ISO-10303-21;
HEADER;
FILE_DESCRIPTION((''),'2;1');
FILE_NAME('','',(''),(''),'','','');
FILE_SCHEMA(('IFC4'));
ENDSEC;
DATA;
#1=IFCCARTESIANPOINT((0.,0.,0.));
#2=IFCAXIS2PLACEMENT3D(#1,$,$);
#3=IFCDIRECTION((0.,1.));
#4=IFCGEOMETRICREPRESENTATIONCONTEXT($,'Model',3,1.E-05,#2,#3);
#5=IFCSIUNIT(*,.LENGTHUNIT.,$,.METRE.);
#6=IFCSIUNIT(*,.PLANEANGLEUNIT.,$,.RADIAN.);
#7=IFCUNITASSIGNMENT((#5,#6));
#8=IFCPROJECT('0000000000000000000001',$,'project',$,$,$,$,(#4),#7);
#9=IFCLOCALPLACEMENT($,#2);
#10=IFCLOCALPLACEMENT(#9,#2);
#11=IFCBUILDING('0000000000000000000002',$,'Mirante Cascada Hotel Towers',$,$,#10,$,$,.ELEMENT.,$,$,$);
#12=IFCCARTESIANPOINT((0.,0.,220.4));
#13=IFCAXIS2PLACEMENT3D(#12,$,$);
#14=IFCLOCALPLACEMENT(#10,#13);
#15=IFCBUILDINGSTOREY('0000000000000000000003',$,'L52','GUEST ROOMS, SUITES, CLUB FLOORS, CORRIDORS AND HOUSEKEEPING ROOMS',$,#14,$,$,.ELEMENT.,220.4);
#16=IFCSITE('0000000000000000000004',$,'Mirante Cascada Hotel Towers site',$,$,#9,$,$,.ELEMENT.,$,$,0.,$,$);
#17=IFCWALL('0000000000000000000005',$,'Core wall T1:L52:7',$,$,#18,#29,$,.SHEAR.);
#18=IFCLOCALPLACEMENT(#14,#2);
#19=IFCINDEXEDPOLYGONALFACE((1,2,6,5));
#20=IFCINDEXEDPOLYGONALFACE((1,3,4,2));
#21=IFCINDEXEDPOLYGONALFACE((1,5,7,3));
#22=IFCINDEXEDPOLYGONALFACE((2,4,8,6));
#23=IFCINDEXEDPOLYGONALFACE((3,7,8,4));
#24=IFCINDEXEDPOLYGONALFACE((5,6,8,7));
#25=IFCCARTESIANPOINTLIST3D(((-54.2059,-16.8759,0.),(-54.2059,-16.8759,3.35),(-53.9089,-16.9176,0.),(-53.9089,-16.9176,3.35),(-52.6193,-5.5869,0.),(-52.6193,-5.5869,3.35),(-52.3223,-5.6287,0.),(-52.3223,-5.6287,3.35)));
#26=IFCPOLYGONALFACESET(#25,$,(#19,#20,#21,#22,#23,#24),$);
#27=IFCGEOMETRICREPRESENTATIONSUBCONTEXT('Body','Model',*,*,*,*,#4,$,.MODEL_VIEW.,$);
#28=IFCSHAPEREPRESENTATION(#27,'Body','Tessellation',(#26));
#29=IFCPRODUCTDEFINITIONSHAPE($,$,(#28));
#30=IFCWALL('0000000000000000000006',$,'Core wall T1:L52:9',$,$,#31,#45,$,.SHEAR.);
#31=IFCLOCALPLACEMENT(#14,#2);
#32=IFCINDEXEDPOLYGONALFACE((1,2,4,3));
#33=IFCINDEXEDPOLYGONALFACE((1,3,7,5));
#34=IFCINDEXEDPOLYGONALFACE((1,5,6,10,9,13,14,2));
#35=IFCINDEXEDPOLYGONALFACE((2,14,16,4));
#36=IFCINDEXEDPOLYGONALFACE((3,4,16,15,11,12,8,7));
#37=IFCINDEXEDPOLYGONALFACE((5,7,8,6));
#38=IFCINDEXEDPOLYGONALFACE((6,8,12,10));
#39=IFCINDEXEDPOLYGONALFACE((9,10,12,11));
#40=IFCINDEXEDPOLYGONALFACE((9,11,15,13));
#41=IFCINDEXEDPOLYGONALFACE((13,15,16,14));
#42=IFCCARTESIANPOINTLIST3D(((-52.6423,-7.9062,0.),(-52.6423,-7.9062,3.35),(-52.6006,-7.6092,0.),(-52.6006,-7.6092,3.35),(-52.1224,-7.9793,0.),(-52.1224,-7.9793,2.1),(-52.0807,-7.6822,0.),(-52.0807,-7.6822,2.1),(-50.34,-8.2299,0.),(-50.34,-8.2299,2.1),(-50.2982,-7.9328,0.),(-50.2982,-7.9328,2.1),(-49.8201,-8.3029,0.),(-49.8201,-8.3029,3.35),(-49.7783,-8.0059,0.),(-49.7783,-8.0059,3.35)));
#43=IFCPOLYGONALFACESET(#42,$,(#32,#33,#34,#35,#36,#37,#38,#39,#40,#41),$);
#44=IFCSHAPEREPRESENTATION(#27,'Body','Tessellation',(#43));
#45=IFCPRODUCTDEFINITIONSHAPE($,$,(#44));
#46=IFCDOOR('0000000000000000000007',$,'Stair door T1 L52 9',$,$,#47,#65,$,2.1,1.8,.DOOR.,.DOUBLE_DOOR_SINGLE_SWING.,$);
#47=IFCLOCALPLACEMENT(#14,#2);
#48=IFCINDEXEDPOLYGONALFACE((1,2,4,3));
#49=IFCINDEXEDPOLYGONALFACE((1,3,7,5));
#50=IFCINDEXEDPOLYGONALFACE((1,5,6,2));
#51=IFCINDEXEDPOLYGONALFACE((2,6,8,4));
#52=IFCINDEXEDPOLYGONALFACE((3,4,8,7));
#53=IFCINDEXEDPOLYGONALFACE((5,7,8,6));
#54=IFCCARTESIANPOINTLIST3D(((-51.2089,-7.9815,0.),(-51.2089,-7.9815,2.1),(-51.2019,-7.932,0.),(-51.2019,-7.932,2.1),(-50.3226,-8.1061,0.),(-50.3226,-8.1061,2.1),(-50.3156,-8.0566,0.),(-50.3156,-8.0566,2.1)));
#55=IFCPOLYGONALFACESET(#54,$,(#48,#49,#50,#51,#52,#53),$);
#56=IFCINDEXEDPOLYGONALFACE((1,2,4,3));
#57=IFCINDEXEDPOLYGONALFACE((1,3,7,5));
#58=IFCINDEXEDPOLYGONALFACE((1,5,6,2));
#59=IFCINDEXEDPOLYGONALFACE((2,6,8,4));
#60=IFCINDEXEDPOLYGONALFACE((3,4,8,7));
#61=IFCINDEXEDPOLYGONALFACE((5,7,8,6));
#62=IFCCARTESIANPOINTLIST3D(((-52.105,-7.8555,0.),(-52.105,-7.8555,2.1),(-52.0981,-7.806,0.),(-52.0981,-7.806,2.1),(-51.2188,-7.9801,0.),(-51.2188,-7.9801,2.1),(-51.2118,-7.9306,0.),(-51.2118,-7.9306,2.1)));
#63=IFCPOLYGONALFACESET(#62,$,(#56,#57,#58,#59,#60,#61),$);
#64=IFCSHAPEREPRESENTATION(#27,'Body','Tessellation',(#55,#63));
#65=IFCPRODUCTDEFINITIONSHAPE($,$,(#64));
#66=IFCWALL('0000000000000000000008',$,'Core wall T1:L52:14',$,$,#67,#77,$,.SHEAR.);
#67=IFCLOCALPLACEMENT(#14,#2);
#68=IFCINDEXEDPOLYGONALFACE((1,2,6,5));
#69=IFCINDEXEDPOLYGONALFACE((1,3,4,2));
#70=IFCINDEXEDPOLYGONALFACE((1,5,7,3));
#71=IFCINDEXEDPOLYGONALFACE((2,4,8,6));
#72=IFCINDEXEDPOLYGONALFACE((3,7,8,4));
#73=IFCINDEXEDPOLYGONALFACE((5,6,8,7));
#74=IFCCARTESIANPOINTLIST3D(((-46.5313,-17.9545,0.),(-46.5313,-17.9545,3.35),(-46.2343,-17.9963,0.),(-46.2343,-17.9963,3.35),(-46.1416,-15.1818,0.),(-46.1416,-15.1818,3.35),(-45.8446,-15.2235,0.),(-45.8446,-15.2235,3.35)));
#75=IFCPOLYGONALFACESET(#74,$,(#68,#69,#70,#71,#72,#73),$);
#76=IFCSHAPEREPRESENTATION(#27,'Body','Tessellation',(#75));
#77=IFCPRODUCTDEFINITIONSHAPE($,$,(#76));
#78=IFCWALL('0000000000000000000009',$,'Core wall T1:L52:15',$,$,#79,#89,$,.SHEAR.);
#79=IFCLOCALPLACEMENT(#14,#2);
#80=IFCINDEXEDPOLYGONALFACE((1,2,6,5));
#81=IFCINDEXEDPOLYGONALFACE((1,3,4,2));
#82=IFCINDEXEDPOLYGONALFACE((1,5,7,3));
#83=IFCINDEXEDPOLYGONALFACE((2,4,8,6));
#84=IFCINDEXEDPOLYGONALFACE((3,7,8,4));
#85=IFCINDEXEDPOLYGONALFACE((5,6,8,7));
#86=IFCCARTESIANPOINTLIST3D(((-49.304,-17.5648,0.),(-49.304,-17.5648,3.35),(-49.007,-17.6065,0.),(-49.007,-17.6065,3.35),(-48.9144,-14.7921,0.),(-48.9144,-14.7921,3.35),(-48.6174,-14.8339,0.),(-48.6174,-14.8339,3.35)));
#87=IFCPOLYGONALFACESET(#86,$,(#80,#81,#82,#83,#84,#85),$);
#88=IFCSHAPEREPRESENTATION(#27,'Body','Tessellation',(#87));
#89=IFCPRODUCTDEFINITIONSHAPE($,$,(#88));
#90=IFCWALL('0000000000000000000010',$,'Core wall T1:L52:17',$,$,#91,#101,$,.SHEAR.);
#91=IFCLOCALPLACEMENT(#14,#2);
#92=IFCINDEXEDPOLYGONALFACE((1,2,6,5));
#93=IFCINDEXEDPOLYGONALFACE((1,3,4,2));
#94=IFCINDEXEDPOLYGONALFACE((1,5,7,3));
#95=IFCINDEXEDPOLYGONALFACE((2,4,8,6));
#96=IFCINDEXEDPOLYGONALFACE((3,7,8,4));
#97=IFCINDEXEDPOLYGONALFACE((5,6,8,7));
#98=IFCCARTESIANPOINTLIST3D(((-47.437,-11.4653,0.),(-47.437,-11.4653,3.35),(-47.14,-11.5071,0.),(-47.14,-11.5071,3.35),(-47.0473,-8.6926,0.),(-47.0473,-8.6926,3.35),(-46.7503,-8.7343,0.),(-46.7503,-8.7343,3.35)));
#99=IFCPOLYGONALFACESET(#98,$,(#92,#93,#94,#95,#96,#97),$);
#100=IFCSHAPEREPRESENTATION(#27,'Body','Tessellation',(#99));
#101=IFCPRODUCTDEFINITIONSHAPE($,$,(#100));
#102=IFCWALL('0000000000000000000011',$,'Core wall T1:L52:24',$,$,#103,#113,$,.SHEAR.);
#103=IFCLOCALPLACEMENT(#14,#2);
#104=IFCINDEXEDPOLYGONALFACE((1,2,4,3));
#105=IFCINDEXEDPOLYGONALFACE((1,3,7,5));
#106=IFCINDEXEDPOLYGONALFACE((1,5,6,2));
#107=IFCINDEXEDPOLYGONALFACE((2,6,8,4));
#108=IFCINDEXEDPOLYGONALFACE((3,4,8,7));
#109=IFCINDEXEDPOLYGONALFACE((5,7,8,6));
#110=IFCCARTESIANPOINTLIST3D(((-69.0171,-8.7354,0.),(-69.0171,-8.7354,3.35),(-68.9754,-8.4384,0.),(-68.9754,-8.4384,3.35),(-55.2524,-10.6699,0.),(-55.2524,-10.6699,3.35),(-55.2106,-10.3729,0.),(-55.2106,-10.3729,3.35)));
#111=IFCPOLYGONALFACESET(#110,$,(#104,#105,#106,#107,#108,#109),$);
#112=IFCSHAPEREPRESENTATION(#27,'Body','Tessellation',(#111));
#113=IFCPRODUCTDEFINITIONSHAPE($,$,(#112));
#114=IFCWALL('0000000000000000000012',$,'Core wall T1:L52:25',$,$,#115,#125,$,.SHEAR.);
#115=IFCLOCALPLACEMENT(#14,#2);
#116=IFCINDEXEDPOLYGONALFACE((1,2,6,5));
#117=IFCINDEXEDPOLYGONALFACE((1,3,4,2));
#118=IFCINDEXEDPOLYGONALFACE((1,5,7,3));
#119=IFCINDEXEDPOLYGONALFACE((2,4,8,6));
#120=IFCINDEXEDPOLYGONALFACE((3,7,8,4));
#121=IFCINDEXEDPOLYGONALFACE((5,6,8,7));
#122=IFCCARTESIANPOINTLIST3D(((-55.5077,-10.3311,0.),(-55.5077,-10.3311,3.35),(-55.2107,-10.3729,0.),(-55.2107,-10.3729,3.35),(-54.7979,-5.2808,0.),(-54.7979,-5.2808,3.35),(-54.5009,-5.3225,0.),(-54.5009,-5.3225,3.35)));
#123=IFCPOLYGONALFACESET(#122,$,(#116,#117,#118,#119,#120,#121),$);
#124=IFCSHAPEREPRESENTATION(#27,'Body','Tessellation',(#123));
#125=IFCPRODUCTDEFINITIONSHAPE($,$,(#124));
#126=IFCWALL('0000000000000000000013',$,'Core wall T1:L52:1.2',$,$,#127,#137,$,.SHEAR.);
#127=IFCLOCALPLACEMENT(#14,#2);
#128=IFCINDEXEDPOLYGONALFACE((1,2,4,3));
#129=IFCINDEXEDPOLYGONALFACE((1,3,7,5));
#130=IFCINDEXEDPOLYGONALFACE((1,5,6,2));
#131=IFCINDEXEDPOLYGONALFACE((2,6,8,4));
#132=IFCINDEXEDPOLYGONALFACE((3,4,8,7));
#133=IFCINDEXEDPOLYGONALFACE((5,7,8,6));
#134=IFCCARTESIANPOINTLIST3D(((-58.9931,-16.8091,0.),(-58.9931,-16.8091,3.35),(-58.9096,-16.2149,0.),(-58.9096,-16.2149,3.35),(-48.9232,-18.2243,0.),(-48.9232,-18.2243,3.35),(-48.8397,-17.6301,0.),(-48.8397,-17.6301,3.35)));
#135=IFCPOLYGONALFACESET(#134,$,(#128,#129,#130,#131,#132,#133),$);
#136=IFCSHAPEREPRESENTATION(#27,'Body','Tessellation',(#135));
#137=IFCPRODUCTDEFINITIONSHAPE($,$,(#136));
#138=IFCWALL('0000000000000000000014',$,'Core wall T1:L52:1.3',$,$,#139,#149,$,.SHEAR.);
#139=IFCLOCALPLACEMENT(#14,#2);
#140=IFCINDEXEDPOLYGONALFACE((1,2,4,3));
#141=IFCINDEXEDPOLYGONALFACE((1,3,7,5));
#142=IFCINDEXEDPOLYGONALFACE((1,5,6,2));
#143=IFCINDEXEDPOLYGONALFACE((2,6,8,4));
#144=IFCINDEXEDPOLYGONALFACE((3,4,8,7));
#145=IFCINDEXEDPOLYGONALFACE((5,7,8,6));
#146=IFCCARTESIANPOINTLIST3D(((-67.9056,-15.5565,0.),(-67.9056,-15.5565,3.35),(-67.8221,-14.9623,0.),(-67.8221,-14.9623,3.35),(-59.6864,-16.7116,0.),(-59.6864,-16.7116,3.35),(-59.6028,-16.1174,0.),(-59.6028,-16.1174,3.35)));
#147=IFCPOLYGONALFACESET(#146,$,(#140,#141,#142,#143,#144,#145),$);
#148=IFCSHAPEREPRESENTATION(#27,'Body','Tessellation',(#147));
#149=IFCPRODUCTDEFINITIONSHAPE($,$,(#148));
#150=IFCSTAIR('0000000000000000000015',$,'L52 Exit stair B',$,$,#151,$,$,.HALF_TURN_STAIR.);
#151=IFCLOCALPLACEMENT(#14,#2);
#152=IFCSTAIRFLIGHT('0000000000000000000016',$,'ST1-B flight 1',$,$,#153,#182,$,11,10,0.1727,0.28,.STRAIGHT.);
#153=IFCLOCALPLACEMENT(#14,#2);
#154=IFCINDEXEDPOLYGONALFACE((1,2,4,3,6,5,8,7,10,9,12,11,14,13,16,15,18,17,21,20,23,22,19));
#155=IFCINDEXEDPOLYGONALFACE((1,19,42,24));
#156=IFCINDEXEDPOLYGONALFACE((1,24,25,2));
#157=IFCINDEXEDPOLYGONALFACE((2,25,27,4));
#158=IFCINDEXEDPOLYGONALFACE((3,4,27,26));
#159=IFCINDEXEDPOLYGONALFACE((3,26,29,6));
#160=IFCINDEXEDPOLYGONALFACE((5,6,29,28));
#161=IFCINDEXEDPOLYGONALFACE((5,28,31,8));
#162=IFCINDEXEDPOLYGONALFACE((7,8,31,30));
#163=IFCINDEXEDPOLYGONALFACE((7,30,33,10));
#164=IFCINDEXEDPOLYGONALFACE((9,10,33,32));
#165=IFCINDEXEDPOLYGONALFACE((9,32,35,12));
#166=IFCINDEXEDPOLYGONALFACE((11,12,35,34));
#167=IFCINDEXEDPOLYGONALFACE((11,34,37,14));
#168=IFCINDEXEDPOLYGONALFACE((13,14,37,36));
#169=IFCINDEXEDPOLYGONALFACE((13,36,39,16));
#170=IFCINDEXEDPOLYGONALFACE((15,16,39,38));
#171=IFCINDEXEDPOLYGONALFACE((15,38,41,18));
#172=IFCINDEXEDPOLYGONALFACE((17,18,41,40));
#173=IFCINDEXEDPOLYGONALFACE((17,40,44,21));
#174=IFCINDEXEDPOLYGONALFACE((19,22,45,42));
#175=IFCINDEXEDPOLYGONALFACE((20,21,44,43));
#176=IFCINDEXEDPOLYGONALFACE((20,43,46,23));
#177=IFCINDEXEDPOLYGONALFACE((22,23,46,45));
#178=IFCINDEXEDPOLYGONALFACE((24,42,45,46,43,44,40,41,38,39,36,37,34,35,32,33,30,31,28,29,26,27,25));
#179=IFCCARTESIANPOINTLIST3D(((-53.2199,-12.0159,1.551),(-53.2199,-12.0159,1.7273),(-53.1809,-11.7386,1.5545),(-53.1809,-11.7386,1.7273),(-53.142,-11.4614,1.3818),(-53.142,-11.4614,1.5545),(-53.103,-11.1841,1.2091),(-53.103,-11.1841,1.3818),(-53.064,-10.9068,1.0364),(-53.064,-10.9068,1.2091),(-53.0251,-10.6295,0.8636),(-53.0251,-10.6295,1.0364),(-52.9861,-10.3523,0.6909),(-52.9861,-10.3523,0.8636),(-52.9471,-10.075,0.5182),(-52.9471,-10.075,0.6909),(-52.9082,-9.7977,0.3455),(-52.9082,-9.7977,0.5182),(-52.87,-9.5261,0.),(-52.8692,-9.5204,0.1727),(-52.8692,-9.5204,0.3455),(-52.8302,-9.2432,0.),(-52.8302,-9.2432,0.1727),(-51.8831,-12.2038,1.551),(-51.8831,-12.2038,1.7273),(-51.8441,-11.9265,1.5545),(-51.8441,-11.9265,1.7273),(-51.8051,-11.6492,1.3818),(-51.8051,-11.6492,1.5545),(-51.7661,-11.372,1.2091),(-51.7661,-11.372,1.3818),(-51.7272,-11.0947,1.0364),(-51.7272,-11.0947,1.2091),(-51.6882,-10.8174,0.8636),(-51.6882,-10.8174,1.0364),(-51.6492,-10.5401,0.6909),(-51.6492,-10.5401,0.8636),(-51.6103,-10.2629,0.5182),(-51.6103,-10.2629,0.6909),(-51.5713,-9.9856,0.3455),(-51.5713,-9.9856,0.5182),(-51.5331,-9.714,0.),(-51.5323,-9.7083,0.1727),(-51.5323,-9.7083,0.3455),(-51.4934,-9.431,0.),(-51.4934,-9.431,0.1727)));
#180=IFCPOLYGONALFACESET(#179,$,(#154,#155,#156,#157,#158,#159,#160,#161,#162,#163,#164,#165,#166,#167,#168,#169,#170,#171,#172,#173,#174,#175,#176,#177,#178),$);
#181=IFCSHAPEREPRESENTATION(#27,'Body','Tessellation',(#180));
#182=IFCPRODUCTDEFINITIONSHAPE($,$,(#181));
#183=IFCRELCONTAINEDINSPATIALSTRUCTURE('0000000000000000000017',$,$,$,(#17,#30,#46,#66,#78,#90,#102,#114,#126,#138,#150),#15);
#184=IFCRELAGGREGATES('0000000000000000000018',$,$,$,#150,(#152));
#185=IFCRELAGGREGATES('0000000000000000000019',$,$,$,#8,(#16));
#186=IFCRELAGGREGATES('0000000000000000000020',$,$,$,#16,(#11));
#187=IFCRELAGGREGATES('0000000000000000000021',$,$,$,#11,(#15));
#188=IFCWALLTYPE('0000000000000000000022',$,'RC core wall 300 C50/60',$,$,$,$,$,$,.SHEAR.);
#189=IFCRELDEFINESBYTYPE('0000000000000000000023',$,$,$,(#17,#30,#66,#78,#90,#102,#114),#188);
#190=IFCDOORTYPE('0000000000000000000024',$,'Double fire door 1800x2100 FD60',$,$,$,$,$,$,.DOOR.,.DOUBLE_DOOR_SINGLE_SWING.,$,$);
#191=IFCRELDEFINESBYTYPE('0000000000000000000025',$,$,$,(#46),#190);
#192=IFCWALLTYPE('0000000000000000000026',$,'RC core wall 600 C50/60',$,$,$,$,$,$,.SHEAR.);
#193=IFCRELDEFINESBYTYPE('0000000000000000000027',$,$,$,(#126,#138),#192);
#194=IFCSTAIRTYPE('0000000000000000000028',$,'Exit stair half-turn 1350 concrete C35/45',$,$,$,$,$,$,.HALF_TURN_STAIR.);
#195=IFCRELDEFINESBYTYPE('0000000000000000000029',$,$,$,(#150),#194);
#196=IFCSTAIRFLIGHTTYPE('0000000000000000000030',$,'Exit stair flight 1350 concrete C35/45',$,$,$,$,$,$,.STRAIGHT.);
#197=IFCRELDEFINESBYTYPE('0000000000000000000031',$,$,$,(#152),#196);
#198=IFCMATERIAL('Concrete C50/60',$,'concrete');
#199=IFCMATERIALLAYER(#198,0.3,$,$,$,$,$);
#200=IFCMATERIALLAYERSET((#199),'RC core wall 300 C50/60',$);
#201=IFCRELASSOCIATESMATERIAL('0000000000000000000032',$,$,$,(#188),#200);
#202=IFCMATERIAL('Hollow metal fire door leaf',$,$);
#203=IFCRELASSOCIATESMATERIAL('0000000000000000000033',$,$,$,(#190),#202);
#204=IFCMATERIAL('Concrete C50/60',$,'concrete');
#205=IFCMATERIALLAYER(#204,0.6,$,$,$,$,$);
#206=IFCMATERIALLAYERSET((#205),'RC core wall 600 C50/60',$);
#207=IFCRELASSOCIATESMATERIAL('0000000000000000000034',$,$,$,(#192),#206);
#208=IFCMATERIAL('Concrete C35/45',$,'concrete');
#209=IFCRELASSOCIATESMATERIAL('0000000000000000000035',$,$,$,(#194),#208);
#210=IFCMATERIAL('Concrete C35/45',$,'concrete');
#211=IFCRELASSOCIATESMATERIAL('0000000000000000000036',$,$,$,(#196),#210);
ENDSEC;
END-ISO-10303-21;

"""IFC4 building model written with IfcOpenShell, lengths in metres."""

from ifc_helpers import new_model, si_unit, direction, frame, frame_2d, origin, place, context, subcontext, project, spatial, polyline, rectangle, outline, extrude, material, layer, layer_set, type_object, element, fill, aggregate, save


model = new_model("IFC4")

# Units and contexts
model_context = context("Model", 3, precision=1e-05, world=origin(), true_north=direction((0.0, 1.0)))
body_context = subcontext(model_context, "Body", "Model", "MODEL_VIEW")
ifc_project = project(units=[si_unit("LENGTHUNIT", "METRE"), si_unit("PLANEANGLEUNIT", "RADIAN")], contexts=[model_context])

# Site, building, storey
site_placement = place(None, origin())
site = spatial("IfcSite", under=ifc_project, at=site_placement, Name="Mirante Cascada Hotel Towers site", CompositionType="ELEMENT", RefElevation=0.0)
building_placement = place(site_placement, origin())
building = spatial("IfcBuilding", under=site, at=building_placement, Name="Mirante Cascada Hotel Towers", CompositionType="ELEMENT")
storey_placement = place(building_placement, frame((0.0, 0.0, 220.4)))
storey = spatial("IfcBuildingStorey", under=building, at=storey_placement, Name="L52", Description="GUEST ROOMS, SUITES, CLUB FLOORS, CORRIDORS AND HOUSEKEEPING ROOMS", CompositionType="ELEMENT", Elevation=220.4)

# Wall
ifc_material_1 = material(Name="Concrete C50/60", Category="concrete")
ifc_layer_1 = layer(ifc_material_1, 0.3)
ifc_layer_set_1 = layer_set([ifc_layer_1], Name="RC core wall 300 C50/60")
wall_type_1 = type_object("IfcWallType", Name="RC core wall 300 C50/60", PredefinedType="SHEAR", material=ifc_layer_set_1)
wall_1_placement = place(storey_placement, frame((-54.0574, -16.8968, 0.0), z_axis=(0.0, 0.0, 1.0), x_axis=(0.139176, 0.990268, 0.0)))
element("IfcWall", 1, at=wall_1_placement, inside=storey, type_object=wall_type_1, Name="Core wall T1:L52:7", PredefinedType="SHEAR", context=body_context, shape_type="SweptSolid", body=[
    extrude(rectangle(XDim=11.3999, YDim=0.3, at=frame_2d((5.7, 0.0))), origin(), (0.0, 0.0, 1.0), 3.35),
])

# Wall, opening, door
wall_2_placement = place(storey_placement, frame((-49.7992, -8.1544, 0.0), z_axis=(0.0, 0.0, 1.0), x_axis=(-0.990266, 0.139191, 0.0)))
wall_2 = element("IfcWall", 2, at=wall_2_placement, inside=storey, type_object=wall_type_1, Name="Core wall T1:L52:9", PredefinedType="SHEAR", context=body_context, shape_type="SweptSolid", body=[
    extrude(rectangle(XDim=2.85, YDim=0.3, at=frame_2d((1.425, 0.0))), origin(), (0.0, 0.0, 1.0), 3.35),
])
opening_1_placement = place(wall_2_placement, frame((0.525, 0.0, 0.0)))
opening_1 = element("IfcOpeningElement", 3, at=opening_1_placement, cuts=wall_2, PredefinedType="OPENING", context=body_context, shape_type="SweptSolid", body=[
    extrude(rectangle(XDim=1.8, YDim=2.1, at=frame_2d((0.9, 1.05))), frame((0.0, 0.15, 0.0), z_axis=(0.0, -1.0, 0.0), x_axis=(1.0, 0.0, 0.0)), (0.0, 0.0, 1.0), 0.3),
])
ifc_material_2 = material(Name="Hollow metal fire door leaf")
door_type_1 = type_object("IfcDoorType", Name="Double fire door 1800x2100 FD60", OperationType="DOUBLE_DOOR_SINGLE_SWING", PredefinedType="DOOR", material=ifc_material_2)
door_1_placement = place(opening_1_placement, origin())
door_1 = element("IfcDoor", 4, at=door_1_placement, inside=storey, type_object=door_type_1, Name="Stair door T1 L52 9", OperationType="DOUBLE_DOOR_SINGLE_SWING", OverallHeight=2.1, OverallWidth=1.8, PredefinedType="DOOR", context=body_context, shape_type="SweptSolid", body=[
    extrude(rectangle(XDim=0.895, YDim=2.1, at=frame_2d((0.4475, 1.05))), frame((0.0, 0.025, 0.0), z_axis=(0.0, -1.0, 0.0), x_axis=(1.0, 0.0, 0.0)), (0.0, 0.0, 1.0), 0.05),
    extrude(rectangle(XDim=0.895, YDim=2.1, at=frame_2d((1.3525, 1.05))), frame((0.0, 0.025, 0.0), z_axis=(0.0, -1.0, 0.0), x_axis=(1.0, 0.0, 0.0)), (0.0, 0.0, 1.0), 0.05),
])
fill(opening_1, door_1)

# Walls
wall_3_placement = place(storey_placement, frame((-46.3828, -17.9754, 0.0), z_axis=(0.0, 0.0, 1.0), x_axis=(0.139181, 0.990267, 0.0)))
element("IfcWall", 5, at=wall_3_placement, inside=storey, type_object=wall_type_1, Name="Core wall T1:L52:14", PredefinedType="SHEAR", context=body_context, shape_type="SweptSolid", body=[
    extrude(rectangle(XDim=2.8, YDim=0.3, at=frame_2d((1.4, 0.0))), origin(), (0.0, 0.0, 1.0), 3.35),
])
wall_4_placement = place(storey_placement, frame((-49.1555, -17.5857, 0.0), z_axis=(0.0, 0.0, 1.0), x_axis=(0.139146, 0.990272, 0.0)))
element("IfcWall", 6, at=wall_4_placement, inside=storey, type_object=wall_type_1, Name="Core wall T1:L52:15", PredefinedType="SHEAR", context=body_context, shape_type="SweptSolid", body=[
    extrude(rectangle(XDim=2.7999, YDim=0.3, at=frame_2d((1.4, 0.0))), origin(), (0.0, 0.0, 1.0), 3.35),
])
wall_5_placement = place(storey_placement, frame((-47.2885, -11.4862, 0.0), z_axis=(0.0, 0.0, 1.0), x_axis=(0.139181, 0.990267, 0.0)))
element("IfcWall", 7, at=wall_5_placement, inside=storey, type_object=wall_type_1, Name="Core wall T1:L52:17", PredefinedType="SHEAR", context=body_context, shape_type="SweptSolid", body=[
    extrude(rectangle(XDim=2.8, YDim=0.3, at=frame_2d((1.4, 0.0))), origin(), (0.0, 0.0, 1.0), 3.35),
])
wall_6_placement = place(storey_placement, frame((-55.2315, -10.5214, 0.0), z_axis=(0.0, 0.0, 1.0), x_axis=(-0.990268, 0.139173, 0.0)))
element("IfcWall", 8, at=wall_6_placement, inside=storey, type_object=wall_type_1, Name="Core wall T1:L52:24", PredefinedType="SHEAR", context=body_context, shape_type="SweptSolid", body=[
    extrude(rectangle(XDim=13.9, YDim=0.3, at=frame_2d((6.95, 0.0))), origin(), (0.0, 0.0, 1.0), 3.35),
])
wall_7_placement = place(storey_placement, frame((-55.3592, -10.352, 0.0), z_axis=(0.0, 0.0, 1.0), x_axis=(0.139176, 0.990268, 0.0)))
element("IfcWall", 9, at=wall_7_placement, inside=storey, type_object=wall_type_1, Name="Core wall T1:L52:25", PredefinedType="SHEAR", context=body_context, shape_type="SweptSolid", body=[
    extrude(rectangle(XDim=5.1, YDim=0.3, at=frame_2d((2.55, 0.0))), origin(), (0.0, 0.0, 1.0), 3.35),
])
ifc_material_3 = material(Name="Concrete C50/60", Category="concrete")
ifc_layer_2 = layer(ifc_material_3, 0.6)
ifc_layer_set_2 = layer_set([ifc_layer_2], Name="RC core wall 600 C50/60")
wall_type_2 = type_object("IfcWallType", Name="RC core wall 600 C50/60", PredefinedType="SHEAR", material=ifc_layer_set_2)
wall_8_placement = place(storey_placement, frame((-48.8815, -17.9272, 0.0), z_axis=(0.0, 0.0, 1.0), x_axis=(-0.990268, 0.13917, 0.0)))
element("IfcWall", 10, at=wall_8_placement, inside=storey, type_object=wall_type_2, Name="Core wall T1:L52:1.2", PredefinedType="SHEAR", context=body_context, shape_type="SweptSolid", body=[
    extrude(rectangle(XDim=10.1689, YDim=0.6, at=frame_2d((5.0844, 0.0))), origin(), (0.0, 0.0, 1.0), 3.35),
])
wall_9_placement = place(storey_placement, frame((-59.6446, -16.4145, 0.0), z_axis=(0.0, 0.0, 1.0), x_axis=(-0.990269, 0.139169, 0.0)))
element("IfcWall", 11, at=wall_9_placement, inside=storey, type_object=wall_type_2, Name="Core wall T1:L52:1.3", PredefinedType="SHEAR", context=body_context, shape_type="SweptSolid", body=[
    extrude(rectangle(XDim=8.3, YDim=0.6, at=frame_2d((4.15, 0.0))), origin(), (0.0, 0.0, 1.0), 3.35),
])

# Stair, stair flight
ifc_material_4 = material(Name="Concrete C35/45", Category="concrete")
stair_type = type_object("IfcStairType", Name="Exit stair half-turn 1350 concrete C35/45", PredefinedType="HALF_TURN_STAIR", material=ifc_material_4)
stair_placement = place(storey_placement, origin())
stair = element("IfcStair", 12, at=stair_placement, inside=storey, type_object=stair_type, Name="L52 Exit stair B", PredefinedType="HALF_TURN_STAIR")
ifc_material_5 = material(Name="Concrete C35/45", Category="concrete")
stair_flight_type = type_object("IfcStairFlightType", Name="Exit stair flight 1350 concrete C35/45", PredefinedType="STRAIGHT", material=ifc_material_5)
stair_flight_1_placement = place(storey_placement, frame((-52.1618, -9.3371, 0.0), z_axis=(0.0, 0.0, 1.0), x_axis=(-0.139173, -0.990268, 0.0)))
stair_flight_1 = element("IfcStairFlight", 13, at=stair_flight_1_placement, type_object=stair_flight_type, Name="ST1-B flight 1", NumberOfRisers=11, NumberOfTreads=10, PredefinedType="STRAIGHT", RiserHeight=0.1727, TreadLength=0.28, context=body_context, shape_type="SweptSolid", body=[
    extrude(outline(polyline([(0.0, 0.0), (0.0, 0.1727), (0.28, 0.1727), (0.28, 0.3455), (0.56, 0.3455), (0.56, 0.5182), (0.84, 0.5182), (0.84, 0.6909), (1.12, 0.6909), (1.12, 0.8636), (1.4, 0.8636), (1.4, 1.0364), (1.68, 1.0364), (1.68, 1.2091), (1.96, 1.2091), (1.96, 1.3818), (2.24, 1.3818), (2.24, 1.5545), (2.52, 1.5545), (2.52, 1.7273), (2.8, 1.7273), (2.8, 1.9), (2.8, 1.551), (0.2857, 0.0), (0.0, 0.0)])), frame((0.0, 0.675, 0.0), z_axis=(0.0, -1.0, 0.0), x_axis=(1.0, 0.0, 0.0)), (0.0, 0.0, 1.0), 1.35),
])
aggregate(stair, [stair_flight_1])

save(model, "model.ifc")
